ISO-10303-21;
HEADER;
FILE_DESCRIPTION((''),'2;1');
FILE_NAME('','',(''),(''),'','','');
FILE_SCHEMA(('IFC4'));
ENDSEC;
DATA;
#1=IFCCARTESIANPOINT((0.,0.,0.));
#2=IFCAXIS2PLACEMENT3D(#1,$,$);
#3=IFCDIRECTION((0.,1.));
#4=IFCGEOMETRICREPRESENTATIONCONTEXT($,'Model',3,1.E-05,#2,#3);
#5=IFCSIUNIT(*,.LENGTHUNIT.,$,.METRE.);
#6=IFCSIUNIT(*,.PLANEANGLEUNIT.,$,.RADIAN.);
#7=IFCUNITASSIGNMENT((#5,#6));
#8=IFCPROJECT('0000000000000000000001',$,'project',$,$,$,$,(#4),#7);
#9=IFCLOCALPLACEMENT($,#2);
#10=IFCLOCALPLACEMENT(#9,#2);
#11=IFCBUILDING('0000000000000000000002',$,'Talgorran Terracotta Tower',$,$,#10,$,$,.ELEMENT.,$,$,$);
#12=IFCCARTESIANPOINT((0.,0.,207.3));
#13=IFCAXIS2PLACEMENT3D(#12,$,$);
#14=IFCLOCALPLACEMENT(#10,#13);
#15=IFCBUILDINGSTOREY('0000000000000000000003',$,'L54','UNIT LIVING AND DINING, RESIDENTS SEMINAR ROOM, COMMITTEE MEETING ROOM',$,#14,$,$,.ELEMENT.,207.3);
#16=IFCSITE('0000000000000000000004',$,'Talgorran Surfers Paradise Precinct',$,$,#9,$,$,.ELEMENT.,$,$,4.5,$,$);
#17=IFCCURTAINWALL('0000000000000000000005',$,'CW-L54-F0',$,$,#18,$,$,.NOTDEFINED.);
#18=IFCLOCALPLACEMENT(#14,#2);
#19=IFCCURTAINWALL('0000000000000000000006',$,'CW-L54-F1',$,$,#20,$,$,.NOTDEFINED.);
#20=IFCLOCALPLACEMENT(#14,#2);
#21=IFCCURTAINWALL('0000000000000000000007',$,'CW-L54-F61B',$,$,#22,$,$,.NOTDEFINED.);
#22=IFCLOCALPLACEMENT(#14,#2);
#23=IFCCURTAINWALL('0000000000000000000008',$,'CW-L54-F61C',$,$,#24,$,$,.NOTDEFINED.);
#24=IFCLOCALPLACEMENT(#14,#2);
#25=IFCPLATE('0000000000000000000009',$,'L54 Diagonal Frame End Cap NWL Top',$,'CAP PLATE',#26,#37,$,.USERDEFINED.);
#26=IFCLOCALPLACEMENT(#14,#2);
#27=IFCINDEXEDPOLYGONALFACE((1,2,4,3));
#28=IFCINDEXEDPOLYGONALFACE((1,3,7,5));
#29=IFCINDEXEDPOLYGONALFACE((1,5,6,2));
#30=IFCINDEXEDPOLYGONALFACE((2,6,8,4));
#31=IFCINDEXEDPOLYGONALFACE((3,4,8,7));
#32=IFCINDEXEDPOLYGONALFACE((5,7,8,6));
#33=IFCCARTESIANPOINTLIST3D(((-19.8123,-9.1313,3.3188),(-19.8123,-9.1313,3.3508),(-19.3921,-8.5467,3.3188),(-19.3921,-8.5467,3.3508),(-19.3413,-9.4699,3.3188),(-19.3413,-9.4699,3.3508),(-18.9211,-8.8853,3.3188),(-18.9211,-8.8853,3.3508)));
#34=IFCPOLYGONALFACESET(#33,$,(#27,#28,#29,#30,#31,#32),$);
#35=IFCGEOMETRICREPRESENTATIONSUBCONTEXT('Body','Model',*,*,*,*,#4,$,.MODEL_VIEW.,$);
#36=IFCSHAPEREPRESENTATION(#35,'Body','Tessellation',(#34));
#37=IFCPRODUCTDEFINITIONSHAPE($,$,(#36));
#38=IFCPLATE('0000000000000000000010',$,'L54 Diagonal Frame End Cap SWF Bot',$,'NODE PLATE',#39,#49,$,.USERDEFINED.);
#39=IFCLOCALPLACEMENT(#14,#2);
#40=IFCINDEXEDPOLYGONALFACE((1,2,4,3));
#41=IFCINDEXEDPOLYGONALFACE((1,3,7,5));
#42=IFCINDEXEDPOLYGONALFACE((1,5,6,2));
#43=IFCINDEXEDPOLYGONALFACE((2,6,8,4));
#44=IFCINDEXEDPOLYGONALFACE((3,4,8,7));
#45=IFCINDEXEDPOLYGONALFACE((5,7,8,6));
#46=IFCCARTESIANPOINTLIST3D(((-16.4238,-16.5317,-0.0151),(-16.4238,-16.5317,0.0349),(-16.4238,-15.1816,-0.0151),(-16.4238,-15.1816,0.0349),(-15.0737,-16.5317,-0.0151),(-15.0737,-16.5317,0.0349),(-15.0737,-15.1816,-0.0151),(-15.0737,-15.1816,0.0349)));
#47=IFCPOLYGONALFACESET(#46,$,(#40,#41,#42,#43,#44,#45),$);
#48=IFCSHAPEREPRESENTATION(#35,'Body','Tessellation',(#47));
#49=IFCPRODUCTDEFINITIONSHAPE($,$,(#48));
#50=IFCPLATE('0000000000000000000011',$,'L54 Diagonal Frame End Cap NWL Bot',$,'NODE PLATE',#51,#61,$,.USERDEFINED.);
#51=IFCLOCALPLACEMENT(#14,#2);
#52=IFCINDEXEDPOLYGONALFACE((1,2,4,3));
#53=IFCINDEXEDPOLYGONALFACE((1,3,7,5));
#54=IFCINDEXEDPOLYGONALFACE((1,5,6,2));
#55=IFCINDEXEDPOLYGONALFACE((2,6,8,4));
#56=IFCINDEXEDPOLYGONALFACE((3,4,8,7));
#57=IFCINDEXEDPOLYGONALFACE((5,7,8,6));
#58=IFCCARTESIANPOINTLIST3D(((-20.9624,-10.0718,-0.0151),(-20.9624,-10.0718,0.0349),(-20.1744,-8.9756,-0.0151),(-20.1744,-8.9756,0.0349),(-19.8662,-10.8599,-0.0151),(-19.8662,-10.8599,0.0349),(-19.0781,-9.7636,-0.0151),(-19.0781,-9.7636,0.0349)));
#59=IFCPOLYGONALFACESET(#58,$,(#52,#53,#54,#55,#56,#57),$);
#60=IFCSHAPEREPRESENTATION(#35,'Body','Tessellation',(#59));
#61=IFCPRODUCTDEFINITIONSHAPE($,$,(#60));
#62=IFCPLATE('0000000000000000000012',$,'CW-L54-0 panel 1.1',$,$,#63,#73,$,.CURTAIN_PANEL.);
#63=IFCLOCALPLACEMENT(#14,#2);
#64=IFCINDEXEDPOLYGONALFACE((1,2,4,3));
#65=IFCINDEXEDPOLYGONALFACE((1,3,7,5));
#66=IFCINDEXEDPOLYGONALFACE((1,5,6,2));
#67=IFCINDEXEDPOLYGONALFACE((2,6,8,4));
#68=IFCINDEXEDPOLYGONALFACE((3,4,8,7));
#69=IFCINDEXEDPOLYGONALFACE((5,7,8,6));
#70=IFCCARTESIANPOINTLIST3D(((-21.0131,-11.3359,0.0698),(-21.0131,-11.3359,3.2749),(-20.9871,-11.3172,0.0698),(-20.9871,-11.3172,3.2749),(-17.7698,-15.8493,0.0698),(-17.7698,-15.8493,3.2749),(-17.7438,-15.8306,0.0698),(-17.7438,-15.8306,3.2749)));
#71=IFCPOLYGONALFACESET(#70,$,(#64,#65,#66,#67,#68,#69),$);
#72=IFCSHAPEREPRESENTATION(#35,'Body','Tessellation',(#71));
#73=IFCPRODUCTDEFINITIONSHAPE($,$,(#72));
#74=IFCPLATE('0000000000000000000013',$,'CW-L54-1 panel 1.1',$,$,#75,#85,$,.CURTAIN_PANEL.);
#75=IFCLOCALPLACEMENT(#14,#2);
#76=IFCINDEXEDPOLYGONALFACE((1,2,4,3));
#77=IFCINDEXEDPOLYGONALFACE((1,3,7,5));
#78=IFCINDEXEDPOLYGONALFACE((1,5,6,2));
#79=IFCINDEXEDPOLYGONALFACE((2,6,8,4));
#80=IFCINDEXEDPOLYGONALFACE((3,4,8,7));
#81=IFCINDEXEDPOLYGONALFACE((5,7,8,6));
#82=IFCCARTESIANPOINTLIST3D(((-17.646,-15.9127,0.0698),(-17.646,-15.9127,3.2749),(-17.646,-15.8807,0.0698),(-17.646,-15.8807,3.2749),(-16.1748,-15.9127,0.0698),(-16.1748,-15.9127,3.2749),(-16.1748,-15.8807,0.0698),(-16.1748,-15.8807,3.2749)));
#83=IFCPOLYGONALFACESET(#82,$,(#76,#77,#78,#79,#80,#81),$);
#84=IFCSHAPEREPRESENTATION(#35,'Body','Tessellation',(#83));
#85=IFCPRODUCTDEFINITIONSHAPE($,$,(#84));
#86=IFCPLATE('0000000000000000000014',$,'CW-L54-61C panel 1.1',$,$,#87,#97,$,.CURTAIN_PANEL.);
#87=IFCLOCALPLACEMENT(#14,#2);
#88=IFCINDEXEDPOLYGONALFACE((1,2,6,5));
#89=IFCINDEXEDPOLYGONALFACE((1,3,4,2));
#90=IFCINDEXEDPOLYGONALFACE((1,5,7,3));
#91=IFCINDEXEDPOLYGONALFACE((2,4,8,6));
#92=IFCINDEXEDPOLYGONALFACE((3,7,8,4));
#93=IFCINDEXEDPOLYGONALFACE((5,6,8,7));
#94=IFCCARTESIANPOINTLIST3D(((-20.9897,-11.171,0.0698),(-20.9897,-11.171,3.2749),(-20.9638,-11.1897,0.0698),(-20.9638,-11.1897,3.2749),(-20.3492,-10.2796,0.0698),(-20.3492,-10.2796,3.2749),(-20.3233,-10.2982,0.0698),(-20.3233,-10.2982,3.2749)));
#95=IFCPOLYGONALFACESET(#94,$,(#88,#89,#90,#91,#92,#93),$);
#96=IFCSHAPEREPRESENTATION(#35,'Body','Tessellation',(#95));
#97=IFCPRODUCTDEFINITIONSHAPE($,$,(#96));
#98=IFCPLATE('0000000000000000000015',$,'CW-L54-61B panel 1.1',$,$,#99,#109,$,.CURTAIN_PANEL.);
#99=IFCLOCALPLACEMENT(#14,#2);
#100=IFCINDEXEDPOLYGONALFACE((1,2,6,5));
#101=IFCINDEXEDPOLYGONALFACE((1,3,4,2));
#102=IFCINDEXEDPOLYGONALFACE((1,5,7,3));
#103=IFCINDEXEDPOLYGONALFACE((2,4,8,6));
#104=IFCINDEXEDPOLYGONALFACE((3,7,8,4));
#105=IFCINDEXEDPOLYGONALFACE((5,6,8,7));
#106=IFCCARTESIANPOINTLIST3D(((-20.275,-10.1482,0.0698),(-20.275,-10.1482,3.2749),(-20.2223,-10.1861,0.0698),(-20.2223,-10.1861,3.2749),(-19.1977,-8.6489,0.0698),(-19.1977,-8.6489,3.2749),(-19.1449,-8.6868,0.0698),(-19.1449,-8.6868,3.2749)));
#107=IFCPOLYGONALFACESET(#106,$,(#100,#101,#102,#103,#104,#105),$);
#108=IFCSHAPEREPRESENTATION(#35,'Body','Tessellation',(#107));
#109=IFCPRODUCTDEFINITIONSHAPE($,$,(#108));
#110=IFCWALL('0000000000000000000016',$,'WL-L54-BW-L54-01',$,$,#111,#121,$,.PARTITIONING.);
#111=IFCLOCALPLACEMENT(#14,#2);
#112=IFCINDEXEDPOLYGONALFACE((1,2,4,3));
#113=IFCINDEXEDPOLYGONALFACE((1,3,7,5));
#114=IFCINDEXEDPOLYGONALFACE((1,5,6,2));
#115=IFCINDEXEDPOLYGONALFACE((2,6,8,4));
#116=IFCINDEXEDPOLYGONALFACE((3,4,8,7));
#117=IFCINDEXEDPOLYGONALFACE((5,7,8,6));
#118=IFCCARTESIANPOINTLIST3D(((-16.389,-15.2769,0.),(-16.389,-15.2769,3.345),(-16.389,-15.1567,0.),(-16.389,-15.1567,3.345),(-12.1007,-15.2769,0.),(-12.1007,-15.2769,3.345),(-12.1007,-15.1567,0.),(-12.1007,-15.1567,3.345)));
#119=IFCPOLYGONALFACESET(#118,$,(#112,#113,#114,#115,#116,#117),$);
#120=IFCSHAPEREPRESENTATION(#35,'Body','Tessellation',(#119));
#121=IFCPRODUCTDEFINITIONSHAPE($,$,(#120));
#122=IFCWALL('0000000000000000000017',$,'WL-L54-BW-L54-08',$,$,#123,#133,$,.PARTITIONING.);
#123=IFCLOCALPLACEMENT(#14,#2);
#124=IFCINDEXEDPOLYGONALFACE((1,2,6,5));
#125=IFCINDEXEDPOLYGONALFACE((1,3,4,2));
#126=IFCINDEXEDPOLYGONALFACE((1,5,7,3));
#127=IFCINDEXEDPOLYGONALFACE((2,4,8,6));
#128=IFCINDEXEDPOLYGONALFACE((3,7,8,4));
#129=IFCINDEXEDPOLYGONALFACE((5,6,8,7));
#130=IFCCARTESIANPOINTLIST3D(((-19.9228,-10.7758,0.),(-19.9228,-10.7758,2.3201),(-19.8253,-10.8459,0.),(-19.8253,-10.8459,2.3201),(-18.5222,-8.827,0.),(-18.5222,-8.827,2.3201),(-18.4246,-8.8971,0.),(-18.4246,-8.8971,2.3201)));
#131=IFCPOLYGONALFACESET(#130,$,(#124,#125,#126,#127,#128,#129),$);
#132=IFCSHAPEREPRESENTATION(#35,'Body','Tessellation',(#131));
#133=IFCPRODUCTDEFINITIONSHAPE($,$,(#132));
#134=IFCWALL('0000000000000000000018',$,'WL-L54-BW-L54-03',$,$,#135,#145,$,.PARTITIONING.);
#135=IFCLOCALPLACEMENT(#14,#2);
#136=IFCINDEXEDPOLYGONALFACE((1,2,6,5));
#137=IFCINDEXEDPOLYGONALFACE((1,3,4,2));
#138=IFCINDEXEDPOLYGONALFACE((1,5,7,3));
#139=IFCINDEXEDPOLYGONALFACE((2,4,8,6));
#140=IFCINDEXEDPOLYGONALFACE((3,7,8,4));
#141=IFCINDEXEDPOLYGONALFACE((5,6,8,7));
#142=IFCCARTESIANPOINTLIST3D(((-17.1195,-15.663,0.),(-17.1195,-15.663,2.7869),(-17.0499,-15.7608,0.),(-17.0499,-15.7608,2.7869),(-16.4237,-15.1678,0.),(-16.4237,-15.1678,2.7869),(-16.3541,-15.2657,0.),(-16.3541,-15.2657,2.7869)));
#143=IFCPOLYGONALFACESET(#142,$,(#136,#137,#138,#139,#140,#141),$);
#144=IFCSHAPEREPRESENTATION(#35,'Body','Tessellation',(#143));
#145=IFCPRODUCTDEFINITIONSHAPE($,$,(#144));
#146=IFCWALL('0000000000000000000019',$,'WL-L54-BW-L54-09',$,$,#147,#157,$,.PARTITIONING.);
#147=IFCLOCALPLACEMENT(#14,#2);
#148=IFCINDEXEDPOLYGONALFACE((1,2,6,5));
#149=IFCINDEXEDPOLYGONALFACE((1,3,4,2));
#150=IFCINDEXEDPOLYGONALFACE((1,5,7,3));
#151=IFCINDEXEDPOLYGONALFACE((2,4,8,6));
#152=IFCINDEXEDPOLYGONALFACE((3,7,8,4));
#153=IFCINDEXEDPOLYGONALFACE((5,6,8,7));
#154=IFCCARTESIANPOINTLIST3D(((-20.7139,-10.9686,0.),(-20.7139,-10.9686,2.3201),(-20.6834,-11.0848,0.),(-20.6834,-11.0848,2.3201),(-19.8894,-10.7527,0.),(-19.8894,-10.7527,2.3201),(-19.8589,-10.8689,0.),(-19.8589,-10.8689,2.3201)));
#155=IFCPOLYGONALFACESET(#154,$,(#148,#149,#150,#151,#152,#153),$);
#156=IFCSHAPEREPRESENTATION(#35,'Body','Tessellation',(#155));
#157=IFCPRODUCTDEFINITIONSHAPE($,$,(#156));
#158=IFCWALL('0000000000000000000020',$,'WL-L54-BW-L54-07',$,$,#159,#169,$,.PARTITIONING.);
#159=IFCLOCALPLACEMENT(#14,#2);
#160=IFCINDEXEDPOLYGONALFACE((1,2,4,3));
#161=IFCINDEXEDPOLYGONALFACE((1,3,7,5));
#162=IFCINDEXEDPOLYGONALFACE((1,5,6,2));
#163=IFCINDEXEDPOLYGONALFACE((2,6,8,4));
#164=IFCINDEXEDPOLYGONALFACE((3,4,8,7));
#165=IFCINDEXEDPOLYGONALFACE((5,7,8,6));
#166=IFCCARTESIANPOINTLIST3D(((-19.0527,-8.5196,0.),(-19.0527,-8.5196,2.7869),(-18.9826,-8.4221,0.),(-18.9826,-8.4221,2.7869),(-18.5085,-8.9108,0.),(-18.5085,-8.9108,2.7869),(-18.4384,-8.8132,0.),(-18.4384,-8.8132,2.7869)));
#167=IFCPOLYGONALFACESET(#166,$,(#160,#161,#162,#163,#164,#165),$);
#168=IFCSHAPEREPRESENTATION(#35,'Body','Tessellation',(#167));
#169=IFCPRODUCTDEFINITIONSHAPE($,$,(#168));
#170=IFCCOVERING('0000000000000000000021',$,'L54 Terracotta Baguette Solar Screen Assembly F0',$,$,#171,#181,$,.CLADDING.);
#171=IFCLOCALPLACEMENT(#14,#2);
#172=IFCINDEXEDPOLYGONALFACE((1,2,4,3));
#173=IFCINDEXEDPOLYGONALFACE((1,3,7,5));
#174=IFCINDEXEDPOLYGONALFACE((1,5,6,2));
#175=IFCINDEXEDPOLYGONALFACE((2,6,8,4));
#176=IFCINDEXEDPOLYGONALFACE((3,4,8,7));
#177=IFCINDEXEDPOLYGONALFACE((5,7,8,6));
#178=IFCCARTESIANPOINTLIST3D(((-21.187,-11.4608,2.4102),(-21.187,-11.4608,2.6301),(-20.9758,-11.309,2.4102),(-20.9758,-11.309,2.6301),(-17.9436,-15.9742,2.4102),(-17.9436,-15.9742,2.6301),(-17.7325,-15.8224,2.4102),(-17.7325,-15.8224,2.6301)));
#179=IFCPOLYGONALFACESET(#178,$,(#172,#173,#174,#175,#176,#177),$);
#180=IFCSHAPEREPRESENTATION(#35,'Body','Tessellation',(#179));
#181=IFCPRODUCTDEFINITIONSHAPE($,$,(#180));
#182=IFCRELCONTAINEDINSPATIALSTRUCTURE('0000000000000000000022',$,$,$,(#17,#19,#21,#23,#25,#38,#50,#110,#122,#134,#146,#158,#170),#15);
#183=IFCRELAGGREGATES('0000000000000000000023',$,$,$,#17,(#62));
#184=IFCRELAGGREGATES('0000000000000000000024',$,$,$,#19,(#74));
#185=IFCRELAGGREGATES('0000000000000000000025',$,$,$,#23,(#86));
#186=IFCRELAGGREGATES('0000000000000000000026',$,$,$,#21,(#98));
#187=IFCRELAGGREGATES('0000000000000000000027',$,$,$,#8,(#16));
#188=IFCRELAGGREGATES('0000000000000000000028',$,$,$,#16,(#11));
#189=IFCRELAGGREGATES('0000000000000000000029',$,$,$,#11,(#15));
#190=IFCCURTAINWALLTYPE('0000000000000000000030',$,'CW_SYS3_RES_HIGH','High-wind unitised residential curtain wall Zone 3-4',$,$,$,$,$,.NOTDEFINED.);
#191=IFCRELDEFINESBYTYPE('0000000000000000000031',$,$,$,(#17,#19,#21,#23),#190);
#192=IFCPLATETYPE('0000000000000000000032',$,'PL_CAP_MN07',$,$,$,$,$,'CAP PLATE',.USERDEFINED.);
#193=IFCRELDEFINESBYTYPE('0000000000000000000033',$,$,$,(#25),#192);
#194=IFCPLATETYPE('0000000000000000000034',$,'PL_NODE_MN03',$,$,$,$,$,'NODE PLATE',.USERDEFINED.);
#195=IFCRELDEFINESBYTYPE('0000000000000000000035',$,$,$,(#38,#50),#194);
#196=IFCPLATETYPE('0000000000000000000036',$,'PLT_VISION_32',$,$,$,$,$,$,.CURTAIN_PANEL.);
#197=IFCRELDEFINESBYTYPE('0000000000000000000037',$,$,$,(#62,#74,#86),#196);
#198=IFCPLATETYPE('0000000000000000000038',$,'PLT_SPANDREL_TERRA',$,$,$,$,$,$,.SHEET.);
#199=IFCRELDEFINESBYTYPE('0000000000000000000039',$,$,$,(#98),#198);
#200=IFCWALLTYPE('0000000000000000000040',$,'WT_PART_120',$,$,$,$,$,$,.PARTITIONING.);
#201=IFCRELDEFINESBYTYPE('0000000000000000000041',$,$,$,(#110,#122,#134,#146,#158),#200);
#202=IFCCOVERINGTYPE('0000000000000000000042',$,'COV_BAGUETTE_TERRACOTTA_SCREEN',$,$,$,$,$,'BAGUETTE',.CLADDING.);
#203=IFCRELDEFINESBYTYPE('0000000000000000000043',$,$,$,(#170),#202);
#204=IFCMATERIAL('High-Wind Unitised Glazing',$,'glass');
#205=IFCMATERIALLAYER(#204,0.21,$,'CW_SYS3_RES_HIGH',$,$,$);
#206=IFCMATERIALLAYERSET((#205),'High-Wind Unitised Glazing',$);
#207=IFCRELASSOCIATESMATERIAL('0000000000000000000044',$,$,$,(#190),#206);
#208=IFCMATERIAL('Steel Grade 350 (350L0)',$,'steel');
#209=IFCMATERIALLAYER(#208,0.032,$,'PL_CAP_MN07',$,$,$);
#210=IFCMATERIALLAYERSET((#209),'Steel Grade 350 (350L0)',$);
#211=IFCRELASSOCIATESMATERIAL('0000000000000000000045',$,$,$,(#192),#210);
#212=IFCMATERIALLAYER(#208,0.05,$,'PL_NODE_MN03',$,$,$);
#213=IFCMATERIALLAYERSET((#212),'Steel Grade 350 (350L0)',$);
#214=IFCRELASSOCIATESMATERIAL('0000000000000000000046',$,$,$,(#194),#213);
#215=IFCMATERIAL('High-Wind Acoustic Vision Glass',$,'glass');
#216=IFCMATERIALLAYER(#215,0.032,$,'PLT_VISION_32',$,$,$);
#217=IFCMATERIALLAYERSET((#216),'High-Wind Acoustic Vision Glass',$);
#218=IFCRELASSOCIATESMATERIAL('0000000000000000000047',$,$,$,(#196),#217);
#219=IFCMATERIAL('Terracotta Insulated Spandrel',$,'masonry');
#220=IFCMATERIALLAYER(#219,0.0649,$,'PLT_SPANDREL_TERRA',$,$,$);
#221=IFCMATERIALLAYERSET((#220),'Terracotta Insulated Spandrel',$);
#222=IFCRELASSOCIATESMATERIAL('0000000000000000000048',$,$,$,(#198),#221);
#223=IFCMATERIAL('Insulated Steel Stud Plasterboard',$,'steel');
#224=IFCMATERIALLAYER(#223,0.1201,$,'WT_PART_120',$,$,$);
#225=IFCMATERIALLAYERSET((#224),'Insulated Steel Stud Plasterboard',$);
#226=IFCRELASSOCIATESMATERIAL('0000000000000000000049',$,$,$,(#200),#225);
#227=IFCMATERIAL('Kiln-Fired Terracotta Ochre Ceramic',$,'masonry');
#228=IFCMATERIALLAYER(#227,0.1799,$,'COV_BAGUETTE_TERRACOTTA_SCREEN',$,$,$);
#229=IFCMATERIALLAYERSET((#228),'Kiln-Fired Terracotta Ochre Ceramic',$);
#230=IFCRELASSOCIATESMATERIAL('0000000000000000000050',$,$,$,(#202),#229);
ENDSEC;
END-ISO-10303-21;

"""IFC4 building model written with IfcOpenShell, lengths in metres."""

from ifc_helpers import new_model, si_unit, direction, frame, frame_2d, origin, origin_2d, place, context, subcontext, project, spatial, rectangle, extrude, source, transform, mapped, material, layer, layer_set, type_object, type_shapes, element, aggregate, save


model = new_model("IFC4")

# Units and contexts
model_context = context("Model", 3, precision=1e-05, world=origin(), true_north=direction((0.0, 1.0)))
body_context = subcontext(model_context, "Body", "Model", "MODEL_VIEW")
ifc_project = project(units=[si_unit("LENGTHUNIT", "METRE"), si_unit("PLANEANGLEUNIT", "RADIAN")], contexts=[model_context])

# Site, building, storey
site_placement = place(None, origin())
site = spatial("IfcSite", under=ifc_project, at=site_placement, Name="Talgorran Surfers Paradise Precinct", CompositionType="ELEMENT", RefElevation=4.5)
building_placement = place(site_placement, origin())
building = spatial("IfcBuilding", under=site, at=building_placement, Name="Talgorran Terracotta Tower", CompositionType="ELEMENT")
storey_placement = place(building_placement, frame((0.0, 0.0, 207.3)))
storey = spatial("IfcBuildingStorey", under=building, at=storey_placement, Name="L54", Description="UNIT LIVING AND DINING, RESIDENTS SEMINAR ROOM, COMMITTEE MEETING ROOM", CompositionType="ELEMENT", Elevation=207.3)

# Shared definitions
ifc_material_1 = material(Name="Steel Grade 350 (350L0)", Category="steel")

# Curtain walls
ifc_material_2 = material(Name="High-Wind Unitised Glazing", Category="glass")
ifc_layer_1 = layer(ifc_material_2, 0.21, Name="CW_SYS3_RES_HIGH")
ifc_layer_set_1 = layer_set([ifc_layer_1], Name="High-Wind Unitised Glazing")
curtain_wall_type = type_object("IfcCurtainWallType", Name="CW_SYS3_RES_HIGH", Description="High-wind unitised residential curtain wall Zone 3-4", PredefinedType="NOTDEFINED", material=ifc_layer_set_1)
curtain_wall_1_placement = place(storey_placement, origin())
curtain_wall_1 = element("IfcCurtainWall", 1, at=curtain_wall_1_placement, inside=storey, type_object=curtain_wall_type, Name="CW-L54-F0", PredefinedType="NOTDEFINED")
curtain_wall_2_placement = place(storey_placement, origin())
curtain_wall_2 = element("IfcCurtainWall", 2, at=curtain_wall_2_placement, inside=storey, type_object=curtain_wall_type, Name="CW-L54-F1", PredefinedType="NOTDEFINED")

# Curtain walls
curtain_wall_3_placement = place(storey_placement, origin())
curtain_wall_3 = element("IfcCurtainWall", 3, at=curtain_wall_3_placement, inside=storey, type_object=curtain_wall_type, Name="CW-L54-F61B", PredefinedType="NOTDEFINED")
curtain_wall_4_placement = place(storey_placement, origin())
curtain_wall_4 = element("IfcCurtainWall", 4, at=curtain_wall_4_placement, inside=storey, type_object=curtain_wall_type, Name="CW-L54-F61C", PredefinedType="NOTDEFINED")

# Plates
ifc_layer_2 = layer(ifc_material_1, 0.032, Name="PL_CAP_MN07")
ifc_layer_set_2 = layer_set([ifc_layer_2], Name="Steel Grade 350 (350L0)")
plate_type_1 = type_object("IfcPlateType", Name="PL_CAP_MN07", ElementType="CAP PLATE", PredefinedType="USERDEFINED", material=ifc_layer_set_2)
plate_1_placement = place(storey_placement, frame((-19.3667, -9.0083, 3.3188), z_axis=(0.0, 0.0, 1.0), x_axis=(0.583683, 0.811982, 0.0)))
element("IfcPlate", 5, at=plate_1_placement, inside=storey, type_object=plate_type_1, Name="L54 Diagonal Frame End Cap NWL Top", ObjectType="CAP PLATE", PredefinedType="USERDEFINED", context=body_context, shape_type="SweptSolid", body=[
    extrude(rectangle(XDim=0.72, YDim=0.5801, at=origin_2d()), origin(), (0.0, 0.0, 1.0), 0.032),
])
ifc_layer_3 = layer(ifc_material_1, 0.05, Name="PL_NODE_MN03")
ifc_layer_set_3 = layer_set([ifc_layer_3], Name="Steel Grade 350 (350L0)")
plate_type_2 = type_object("IfcPlateType", Name="PL_NODE_MN03", ElementType="NODE PLATE", PredefinedType="USERDEFINED", material=ifc_layer_set_3)
for number, where, z_axis, x_axis, name in (
    (6, (-15.7488, -15.8567, -0.0151), (0.0, 0.0, 1.0), (1.0, 0.0, 0.0), "L54 Diagonal Frame End Cap SWF Bot"),
    (7, (-20.0203, -9.9177, -0.0151), (0.0, 0.0, 1.0), (0.583683, 0.811982, 0.0), "L54 Diagonal Frame End Cap NWL Bot"),
):
    element("IfcPlate", number, at=place(storey_placement, frame(where, z_axis=z_axis, x_axis=x_axis)), inside=storey, type_object=plate_type_2, Name=name, ObjectType="NODE PLATE", PredefinedType="USERDEFINED", context=body_context, shape_type="SweptSolid", body=[
        extrude(rectangle(XDim=1.3501, YDim=1.3501, at=origin_2d()), origin(), (0.0, 0.0, 1.0), 0.05),
    ])

# Plates
ifc_material_3 = material(Name="High-Wind Acoustic Vision Glass", Category="glass")
ifc_layer_4 = layer(ifc_material_3, 0.032, Name="PLT_VISION_32")
ifc_layer_set_4 = layer_set([ifc_layer_4], Name="High-Wind Acoustic Vision Glass")
plate_type_3 = type_object("IfcPlateType", Name="PLT_VISION_32", PredefinedType="CURTAIN_PANEL", material=ifc_layer_set_4)
shared_shape_1 = source(origin(), body_context, "Body", "SweptSolid", [
    extrude(rectangle(XDim=5.5579, YDim=0.032, at=origin_2d()), origin(), (0.0, 0.0, 1.0), 3.2051),
])
plate_2_placement = place(storey_placement, frame((-19.3784, -13.5833, 0.0698), z_axis=(0.0, 0.0, 1.0), x_axis=(0.583552, -0.812076, 0.0)))
plate_2 = element("IfcPlate", 8, at=plate_2_placement, type_object=plate_type_3, Name="CW-L54-0 panel 1.1", PredefinedType="CURTAIN_PANEL", context=body_context, shape_type="MappedRepresentation", body=[
    mapped(shared_shape_1, transform((0.0, 0.0, 0.0), scale=1.0)),
])
aggregate(curtain_wall_1, [plate_2])
shared_shape_2 = source(origin(), body_context, "Body", "SweptSolid", [
    extrude(rectangle(XDim=1.4712, YDim=0.032, at=origin_2d()), origin(), (0.0, 0.0, 1.0), 3.2051),
])
plate_3_placement = place(storey_placement, frame((-16.9104, -15.8967, 0.0698), z_axis=(0.0, 0.0, 1.0), x_axis=(1.0, 0.0, 0.0)))
plate_3 = element("IfcPlate", 9, at=plate_3_placement, type_object=plate_type_3, Name="CW-L54-1 panel 1.1", PredefinedType="CURTAIN_PANEL", context=body_context, shape_type="MappedRepresentation", body=[
    mapped(shared_shape_2, transform((0.0, 0.0, 0.0), scale=1.0)),
])
aggregate(curtain_wall_2, [plate_3])
shared_shape_3 = source(origin(), body_context, "Body", "SweptSolid", [
    extrude(rectangle(XDim=1.0977, YDim=0.032, at=origin_2d()), origin(), (0.0, 0.0, 1.0), 3.2051),
])
type_shapes(plate_type_3, [shared_shape_1, shared_shape_2, shared_shape_3])
plate_4_placement = place(storey_placement, frame((-20.6565, -10.7346, 0.0698), z_axis=(0.0, 0.0, 1.0), x_axis=(-0.583521, -0.812098, 0.0)))
plate_4 = element("IfcPlate", 10, at=plate_4_placement, type_object=plate_type_3, Name="CW-L54-61C panel 1.1", PredefinedType="CURTAIN_PANEL", context=body_context, shape_type="MappedRepresentation", body=[
    mapped(shared_shape_3, transform((0.0, 0.0, 0.0), scale=1.0)),
])
aggregate(curtain_wall_4, [plate_4])
ifc_material_4 = material(Name="Terracotta Insulated Spandrel", Category="masonry")
ifc_layer_5 = layer(ifc_material_4, 0.0649, Name="PLT_SPANDREL_TERRA")
ifc_layer_set_5 = layer_set([ifc_layer_5], Name="Terracotta Insulated Spandrel")
plate_type_4 = type_object("IfcPlateType", Name="PLT_SPANDREL_TERRA", PredefinedType="SHEET", material=ifc_layer_set_5)
shared_shape_4 = source(origin(), body_context, "Body", "SweptSolid", [
    extrude(rectangle(XDim=1.8462, YDim=0.0649, at=origin_2d()), origin(), (0.0, 0.0, 1.0), 3.2051),
])
type_shapes(plate_type_4, [shared_shape_4])
plate_5_placement = place(storey_placement, frame((-19.71, -9.4175, 0.0698), z_axis=(0.0, 0.0, 1.0), x_axis=(-0.583546, -0.81208, 0.0)))
plate_5 = element("IfcPlate", 11, at=plate_5_placement, type_object=plate_type_4, Name="CW-L54-61B panel 1.1", PredefinedType="CURTAIN_PANEL", context=body_context, shape_type="MappedRepresentation", body=[
    mapped(shared_shape_4, transform((0.0, 0.0, 0.0), scale=1.0)),
])
aggregate(curtain_wall_3, [plate_5])

# Walls
ifc_material_5 = material(Name="Insulated Steel Stud Plasterboard", Category="steel")
ifc_layer_6 = layer(ifc_material_5, 0.1201, Name="WT_PART_120")
ifc_layer_set_6 = layer_set([ifc_layer_6], Name="Insulated Steel Stud Plasterboard")
wall_type = type_object("IfcWallType", Name="WT_PART_120", PredefinedType="PARTITIONING", material=ifc_layer_set_6)
wall_1_placement = place(storey_placement, frame((-16.3889, -15.2168, 0.0), z_axis=(0.0, 0.0, 1.0), x_axis=(1.0, 0.0, 0.0)))
element("IfcWall", 12, at=wall_1_placement, inside=storey, type_object=wall_type, Name="WL-L54-BW-L54-01", PredefinedType="PARTITIONING", context=body_context, shape_type="SweptSolid", body=[
    extrude(rectangle(XDim=4.2883, YDim=0.1201, at=frame_2d((2.144, 0.0))), origin(), (0.0, 0.0, 1.0), 3.345),
])
wall_2_placement = place(storey_placement, frame((-18.4734, -8.8621, 0.0), z_axis=(0.0, 0.0, 1.0), x_axis=(-0.583632, -0.812018, 0.0)))
element("IfcWall", 13, at=wall_2_placement, inside=storey, type_object=wall_type, Name="WL-L54-BW-L54-08", PredefinedType="PARTITIONING", context=body_context, shape_type="SweptSolid", body=[
    extrude(rectangle(XDim=2.3999, YDim=0.1201, at=frame_2d((1.2, 0.0))), origin(), (0.0, 0.0, 1.0), 2.3201),
])
wall_3_placement = place(storey_placement, frame((-17.0847, -15.7119, 0.0), z_axis=(0.0, 0.0, 1.0), x_axis=(0.814775, 0.579777, 0.0)))
element("IfcWall", 14, at=wall_3_placement, inside=storey, type_object=wall_type, Name="WL-L54-BW-L54-03", PredefinedType="PARTITIONING", context=body_context, shape_type="SweptSolid", body=[
    extrude(rectangle(XDim=0.854, YDim=0.1201, at=frame_2d((0.427, 0.0))), origin(), (0.0, 0.0, 1.0), 2.7869),
])
wall_4_placement = place(storey_placement, frame((-19.874, -10.8108, 0.0), z_axis=(0.0, 0.0, 1.0), x_axis=(-0.967404, -0.253238, 0.0)))
element("IfcWall", 15, at=wall_4_placement, inside=storey, type_object=wall_type, Name="WL-L54-BW-L54-09", PredefinedType="PARTITIONING", context=body_context, shape_type="SweptSolid", body=[
    extrude(rectangle(XDim=0.8523, YDim=0.1201, at=frame_2d((0.4263, 0.0))), origin(), (0.0, 0.0, 1.0), 2.3201),
])
wall_5_placement = place(storey_placement, frame((-19.0176, -8.4709, 0.0), z_axis=(0.0, 0.0, 1.0), x_axis=(0.812032, -0.583614, 0.0)))
element("IfcWall", 16, at=wall_5_placement, inside=storey, type_object=wall_type, Name="WL-L54-BW-L54-07", PredefinedType="PARTITIONING", context=body_context, shape_type="SweptSolid", body=[
    extrude(rectangle(XDim=0.6702, YDim=0.1201, at=frame_2d((0.335, 0.0))), origin(), (0.0, 0.0, 1.0), 2.7869),
])

# Covering
ifc_material_6 = material(Name="Kiln-Fired Terracotta Ochre Ceramic", Category="masonry")
ifc_layer_7 = layer(ifc_material_6, 0.1799, Name="COV_BAGUETTE_TERRACOTTA_SCREEN")
ifc_layer_set_7 = layer_set([ifc_layer_7], Name="Kiln-Fired Terracotta Ochre Ceramic")
covering_type_1 = type_object("IfcCoveringType", Name="COV_BAGUETTE_TERRACOTTA_SCREEN", ElementType="BAGUETTE", PredefinedType="CLADDING", material=ifc_layer_set_7)
covering_1_placement = place(storey_placement, frame((-19.4597, -13.6416, 2.4102), z_axis=(0.0, 0.0, 1.0), x_axis=(0.583555, -0.812073, 0.0)))
element("IfcCovering", 17, at=covering_1_placement, inside=storey, type_object=covering_type_1, Name="L54 Terracotta Baguette Solar Screen Assembly F0", PredefinedType="CLADDING", context=body_context, shape_type="SweptSolid", body=[
    extrude(rectangle(XDim=5.5579, YDim=0.26, at=origin_2d()), origin(), (0.0, 0.0, 1.0), 0.22),
])

save(model, "model.ifc")
